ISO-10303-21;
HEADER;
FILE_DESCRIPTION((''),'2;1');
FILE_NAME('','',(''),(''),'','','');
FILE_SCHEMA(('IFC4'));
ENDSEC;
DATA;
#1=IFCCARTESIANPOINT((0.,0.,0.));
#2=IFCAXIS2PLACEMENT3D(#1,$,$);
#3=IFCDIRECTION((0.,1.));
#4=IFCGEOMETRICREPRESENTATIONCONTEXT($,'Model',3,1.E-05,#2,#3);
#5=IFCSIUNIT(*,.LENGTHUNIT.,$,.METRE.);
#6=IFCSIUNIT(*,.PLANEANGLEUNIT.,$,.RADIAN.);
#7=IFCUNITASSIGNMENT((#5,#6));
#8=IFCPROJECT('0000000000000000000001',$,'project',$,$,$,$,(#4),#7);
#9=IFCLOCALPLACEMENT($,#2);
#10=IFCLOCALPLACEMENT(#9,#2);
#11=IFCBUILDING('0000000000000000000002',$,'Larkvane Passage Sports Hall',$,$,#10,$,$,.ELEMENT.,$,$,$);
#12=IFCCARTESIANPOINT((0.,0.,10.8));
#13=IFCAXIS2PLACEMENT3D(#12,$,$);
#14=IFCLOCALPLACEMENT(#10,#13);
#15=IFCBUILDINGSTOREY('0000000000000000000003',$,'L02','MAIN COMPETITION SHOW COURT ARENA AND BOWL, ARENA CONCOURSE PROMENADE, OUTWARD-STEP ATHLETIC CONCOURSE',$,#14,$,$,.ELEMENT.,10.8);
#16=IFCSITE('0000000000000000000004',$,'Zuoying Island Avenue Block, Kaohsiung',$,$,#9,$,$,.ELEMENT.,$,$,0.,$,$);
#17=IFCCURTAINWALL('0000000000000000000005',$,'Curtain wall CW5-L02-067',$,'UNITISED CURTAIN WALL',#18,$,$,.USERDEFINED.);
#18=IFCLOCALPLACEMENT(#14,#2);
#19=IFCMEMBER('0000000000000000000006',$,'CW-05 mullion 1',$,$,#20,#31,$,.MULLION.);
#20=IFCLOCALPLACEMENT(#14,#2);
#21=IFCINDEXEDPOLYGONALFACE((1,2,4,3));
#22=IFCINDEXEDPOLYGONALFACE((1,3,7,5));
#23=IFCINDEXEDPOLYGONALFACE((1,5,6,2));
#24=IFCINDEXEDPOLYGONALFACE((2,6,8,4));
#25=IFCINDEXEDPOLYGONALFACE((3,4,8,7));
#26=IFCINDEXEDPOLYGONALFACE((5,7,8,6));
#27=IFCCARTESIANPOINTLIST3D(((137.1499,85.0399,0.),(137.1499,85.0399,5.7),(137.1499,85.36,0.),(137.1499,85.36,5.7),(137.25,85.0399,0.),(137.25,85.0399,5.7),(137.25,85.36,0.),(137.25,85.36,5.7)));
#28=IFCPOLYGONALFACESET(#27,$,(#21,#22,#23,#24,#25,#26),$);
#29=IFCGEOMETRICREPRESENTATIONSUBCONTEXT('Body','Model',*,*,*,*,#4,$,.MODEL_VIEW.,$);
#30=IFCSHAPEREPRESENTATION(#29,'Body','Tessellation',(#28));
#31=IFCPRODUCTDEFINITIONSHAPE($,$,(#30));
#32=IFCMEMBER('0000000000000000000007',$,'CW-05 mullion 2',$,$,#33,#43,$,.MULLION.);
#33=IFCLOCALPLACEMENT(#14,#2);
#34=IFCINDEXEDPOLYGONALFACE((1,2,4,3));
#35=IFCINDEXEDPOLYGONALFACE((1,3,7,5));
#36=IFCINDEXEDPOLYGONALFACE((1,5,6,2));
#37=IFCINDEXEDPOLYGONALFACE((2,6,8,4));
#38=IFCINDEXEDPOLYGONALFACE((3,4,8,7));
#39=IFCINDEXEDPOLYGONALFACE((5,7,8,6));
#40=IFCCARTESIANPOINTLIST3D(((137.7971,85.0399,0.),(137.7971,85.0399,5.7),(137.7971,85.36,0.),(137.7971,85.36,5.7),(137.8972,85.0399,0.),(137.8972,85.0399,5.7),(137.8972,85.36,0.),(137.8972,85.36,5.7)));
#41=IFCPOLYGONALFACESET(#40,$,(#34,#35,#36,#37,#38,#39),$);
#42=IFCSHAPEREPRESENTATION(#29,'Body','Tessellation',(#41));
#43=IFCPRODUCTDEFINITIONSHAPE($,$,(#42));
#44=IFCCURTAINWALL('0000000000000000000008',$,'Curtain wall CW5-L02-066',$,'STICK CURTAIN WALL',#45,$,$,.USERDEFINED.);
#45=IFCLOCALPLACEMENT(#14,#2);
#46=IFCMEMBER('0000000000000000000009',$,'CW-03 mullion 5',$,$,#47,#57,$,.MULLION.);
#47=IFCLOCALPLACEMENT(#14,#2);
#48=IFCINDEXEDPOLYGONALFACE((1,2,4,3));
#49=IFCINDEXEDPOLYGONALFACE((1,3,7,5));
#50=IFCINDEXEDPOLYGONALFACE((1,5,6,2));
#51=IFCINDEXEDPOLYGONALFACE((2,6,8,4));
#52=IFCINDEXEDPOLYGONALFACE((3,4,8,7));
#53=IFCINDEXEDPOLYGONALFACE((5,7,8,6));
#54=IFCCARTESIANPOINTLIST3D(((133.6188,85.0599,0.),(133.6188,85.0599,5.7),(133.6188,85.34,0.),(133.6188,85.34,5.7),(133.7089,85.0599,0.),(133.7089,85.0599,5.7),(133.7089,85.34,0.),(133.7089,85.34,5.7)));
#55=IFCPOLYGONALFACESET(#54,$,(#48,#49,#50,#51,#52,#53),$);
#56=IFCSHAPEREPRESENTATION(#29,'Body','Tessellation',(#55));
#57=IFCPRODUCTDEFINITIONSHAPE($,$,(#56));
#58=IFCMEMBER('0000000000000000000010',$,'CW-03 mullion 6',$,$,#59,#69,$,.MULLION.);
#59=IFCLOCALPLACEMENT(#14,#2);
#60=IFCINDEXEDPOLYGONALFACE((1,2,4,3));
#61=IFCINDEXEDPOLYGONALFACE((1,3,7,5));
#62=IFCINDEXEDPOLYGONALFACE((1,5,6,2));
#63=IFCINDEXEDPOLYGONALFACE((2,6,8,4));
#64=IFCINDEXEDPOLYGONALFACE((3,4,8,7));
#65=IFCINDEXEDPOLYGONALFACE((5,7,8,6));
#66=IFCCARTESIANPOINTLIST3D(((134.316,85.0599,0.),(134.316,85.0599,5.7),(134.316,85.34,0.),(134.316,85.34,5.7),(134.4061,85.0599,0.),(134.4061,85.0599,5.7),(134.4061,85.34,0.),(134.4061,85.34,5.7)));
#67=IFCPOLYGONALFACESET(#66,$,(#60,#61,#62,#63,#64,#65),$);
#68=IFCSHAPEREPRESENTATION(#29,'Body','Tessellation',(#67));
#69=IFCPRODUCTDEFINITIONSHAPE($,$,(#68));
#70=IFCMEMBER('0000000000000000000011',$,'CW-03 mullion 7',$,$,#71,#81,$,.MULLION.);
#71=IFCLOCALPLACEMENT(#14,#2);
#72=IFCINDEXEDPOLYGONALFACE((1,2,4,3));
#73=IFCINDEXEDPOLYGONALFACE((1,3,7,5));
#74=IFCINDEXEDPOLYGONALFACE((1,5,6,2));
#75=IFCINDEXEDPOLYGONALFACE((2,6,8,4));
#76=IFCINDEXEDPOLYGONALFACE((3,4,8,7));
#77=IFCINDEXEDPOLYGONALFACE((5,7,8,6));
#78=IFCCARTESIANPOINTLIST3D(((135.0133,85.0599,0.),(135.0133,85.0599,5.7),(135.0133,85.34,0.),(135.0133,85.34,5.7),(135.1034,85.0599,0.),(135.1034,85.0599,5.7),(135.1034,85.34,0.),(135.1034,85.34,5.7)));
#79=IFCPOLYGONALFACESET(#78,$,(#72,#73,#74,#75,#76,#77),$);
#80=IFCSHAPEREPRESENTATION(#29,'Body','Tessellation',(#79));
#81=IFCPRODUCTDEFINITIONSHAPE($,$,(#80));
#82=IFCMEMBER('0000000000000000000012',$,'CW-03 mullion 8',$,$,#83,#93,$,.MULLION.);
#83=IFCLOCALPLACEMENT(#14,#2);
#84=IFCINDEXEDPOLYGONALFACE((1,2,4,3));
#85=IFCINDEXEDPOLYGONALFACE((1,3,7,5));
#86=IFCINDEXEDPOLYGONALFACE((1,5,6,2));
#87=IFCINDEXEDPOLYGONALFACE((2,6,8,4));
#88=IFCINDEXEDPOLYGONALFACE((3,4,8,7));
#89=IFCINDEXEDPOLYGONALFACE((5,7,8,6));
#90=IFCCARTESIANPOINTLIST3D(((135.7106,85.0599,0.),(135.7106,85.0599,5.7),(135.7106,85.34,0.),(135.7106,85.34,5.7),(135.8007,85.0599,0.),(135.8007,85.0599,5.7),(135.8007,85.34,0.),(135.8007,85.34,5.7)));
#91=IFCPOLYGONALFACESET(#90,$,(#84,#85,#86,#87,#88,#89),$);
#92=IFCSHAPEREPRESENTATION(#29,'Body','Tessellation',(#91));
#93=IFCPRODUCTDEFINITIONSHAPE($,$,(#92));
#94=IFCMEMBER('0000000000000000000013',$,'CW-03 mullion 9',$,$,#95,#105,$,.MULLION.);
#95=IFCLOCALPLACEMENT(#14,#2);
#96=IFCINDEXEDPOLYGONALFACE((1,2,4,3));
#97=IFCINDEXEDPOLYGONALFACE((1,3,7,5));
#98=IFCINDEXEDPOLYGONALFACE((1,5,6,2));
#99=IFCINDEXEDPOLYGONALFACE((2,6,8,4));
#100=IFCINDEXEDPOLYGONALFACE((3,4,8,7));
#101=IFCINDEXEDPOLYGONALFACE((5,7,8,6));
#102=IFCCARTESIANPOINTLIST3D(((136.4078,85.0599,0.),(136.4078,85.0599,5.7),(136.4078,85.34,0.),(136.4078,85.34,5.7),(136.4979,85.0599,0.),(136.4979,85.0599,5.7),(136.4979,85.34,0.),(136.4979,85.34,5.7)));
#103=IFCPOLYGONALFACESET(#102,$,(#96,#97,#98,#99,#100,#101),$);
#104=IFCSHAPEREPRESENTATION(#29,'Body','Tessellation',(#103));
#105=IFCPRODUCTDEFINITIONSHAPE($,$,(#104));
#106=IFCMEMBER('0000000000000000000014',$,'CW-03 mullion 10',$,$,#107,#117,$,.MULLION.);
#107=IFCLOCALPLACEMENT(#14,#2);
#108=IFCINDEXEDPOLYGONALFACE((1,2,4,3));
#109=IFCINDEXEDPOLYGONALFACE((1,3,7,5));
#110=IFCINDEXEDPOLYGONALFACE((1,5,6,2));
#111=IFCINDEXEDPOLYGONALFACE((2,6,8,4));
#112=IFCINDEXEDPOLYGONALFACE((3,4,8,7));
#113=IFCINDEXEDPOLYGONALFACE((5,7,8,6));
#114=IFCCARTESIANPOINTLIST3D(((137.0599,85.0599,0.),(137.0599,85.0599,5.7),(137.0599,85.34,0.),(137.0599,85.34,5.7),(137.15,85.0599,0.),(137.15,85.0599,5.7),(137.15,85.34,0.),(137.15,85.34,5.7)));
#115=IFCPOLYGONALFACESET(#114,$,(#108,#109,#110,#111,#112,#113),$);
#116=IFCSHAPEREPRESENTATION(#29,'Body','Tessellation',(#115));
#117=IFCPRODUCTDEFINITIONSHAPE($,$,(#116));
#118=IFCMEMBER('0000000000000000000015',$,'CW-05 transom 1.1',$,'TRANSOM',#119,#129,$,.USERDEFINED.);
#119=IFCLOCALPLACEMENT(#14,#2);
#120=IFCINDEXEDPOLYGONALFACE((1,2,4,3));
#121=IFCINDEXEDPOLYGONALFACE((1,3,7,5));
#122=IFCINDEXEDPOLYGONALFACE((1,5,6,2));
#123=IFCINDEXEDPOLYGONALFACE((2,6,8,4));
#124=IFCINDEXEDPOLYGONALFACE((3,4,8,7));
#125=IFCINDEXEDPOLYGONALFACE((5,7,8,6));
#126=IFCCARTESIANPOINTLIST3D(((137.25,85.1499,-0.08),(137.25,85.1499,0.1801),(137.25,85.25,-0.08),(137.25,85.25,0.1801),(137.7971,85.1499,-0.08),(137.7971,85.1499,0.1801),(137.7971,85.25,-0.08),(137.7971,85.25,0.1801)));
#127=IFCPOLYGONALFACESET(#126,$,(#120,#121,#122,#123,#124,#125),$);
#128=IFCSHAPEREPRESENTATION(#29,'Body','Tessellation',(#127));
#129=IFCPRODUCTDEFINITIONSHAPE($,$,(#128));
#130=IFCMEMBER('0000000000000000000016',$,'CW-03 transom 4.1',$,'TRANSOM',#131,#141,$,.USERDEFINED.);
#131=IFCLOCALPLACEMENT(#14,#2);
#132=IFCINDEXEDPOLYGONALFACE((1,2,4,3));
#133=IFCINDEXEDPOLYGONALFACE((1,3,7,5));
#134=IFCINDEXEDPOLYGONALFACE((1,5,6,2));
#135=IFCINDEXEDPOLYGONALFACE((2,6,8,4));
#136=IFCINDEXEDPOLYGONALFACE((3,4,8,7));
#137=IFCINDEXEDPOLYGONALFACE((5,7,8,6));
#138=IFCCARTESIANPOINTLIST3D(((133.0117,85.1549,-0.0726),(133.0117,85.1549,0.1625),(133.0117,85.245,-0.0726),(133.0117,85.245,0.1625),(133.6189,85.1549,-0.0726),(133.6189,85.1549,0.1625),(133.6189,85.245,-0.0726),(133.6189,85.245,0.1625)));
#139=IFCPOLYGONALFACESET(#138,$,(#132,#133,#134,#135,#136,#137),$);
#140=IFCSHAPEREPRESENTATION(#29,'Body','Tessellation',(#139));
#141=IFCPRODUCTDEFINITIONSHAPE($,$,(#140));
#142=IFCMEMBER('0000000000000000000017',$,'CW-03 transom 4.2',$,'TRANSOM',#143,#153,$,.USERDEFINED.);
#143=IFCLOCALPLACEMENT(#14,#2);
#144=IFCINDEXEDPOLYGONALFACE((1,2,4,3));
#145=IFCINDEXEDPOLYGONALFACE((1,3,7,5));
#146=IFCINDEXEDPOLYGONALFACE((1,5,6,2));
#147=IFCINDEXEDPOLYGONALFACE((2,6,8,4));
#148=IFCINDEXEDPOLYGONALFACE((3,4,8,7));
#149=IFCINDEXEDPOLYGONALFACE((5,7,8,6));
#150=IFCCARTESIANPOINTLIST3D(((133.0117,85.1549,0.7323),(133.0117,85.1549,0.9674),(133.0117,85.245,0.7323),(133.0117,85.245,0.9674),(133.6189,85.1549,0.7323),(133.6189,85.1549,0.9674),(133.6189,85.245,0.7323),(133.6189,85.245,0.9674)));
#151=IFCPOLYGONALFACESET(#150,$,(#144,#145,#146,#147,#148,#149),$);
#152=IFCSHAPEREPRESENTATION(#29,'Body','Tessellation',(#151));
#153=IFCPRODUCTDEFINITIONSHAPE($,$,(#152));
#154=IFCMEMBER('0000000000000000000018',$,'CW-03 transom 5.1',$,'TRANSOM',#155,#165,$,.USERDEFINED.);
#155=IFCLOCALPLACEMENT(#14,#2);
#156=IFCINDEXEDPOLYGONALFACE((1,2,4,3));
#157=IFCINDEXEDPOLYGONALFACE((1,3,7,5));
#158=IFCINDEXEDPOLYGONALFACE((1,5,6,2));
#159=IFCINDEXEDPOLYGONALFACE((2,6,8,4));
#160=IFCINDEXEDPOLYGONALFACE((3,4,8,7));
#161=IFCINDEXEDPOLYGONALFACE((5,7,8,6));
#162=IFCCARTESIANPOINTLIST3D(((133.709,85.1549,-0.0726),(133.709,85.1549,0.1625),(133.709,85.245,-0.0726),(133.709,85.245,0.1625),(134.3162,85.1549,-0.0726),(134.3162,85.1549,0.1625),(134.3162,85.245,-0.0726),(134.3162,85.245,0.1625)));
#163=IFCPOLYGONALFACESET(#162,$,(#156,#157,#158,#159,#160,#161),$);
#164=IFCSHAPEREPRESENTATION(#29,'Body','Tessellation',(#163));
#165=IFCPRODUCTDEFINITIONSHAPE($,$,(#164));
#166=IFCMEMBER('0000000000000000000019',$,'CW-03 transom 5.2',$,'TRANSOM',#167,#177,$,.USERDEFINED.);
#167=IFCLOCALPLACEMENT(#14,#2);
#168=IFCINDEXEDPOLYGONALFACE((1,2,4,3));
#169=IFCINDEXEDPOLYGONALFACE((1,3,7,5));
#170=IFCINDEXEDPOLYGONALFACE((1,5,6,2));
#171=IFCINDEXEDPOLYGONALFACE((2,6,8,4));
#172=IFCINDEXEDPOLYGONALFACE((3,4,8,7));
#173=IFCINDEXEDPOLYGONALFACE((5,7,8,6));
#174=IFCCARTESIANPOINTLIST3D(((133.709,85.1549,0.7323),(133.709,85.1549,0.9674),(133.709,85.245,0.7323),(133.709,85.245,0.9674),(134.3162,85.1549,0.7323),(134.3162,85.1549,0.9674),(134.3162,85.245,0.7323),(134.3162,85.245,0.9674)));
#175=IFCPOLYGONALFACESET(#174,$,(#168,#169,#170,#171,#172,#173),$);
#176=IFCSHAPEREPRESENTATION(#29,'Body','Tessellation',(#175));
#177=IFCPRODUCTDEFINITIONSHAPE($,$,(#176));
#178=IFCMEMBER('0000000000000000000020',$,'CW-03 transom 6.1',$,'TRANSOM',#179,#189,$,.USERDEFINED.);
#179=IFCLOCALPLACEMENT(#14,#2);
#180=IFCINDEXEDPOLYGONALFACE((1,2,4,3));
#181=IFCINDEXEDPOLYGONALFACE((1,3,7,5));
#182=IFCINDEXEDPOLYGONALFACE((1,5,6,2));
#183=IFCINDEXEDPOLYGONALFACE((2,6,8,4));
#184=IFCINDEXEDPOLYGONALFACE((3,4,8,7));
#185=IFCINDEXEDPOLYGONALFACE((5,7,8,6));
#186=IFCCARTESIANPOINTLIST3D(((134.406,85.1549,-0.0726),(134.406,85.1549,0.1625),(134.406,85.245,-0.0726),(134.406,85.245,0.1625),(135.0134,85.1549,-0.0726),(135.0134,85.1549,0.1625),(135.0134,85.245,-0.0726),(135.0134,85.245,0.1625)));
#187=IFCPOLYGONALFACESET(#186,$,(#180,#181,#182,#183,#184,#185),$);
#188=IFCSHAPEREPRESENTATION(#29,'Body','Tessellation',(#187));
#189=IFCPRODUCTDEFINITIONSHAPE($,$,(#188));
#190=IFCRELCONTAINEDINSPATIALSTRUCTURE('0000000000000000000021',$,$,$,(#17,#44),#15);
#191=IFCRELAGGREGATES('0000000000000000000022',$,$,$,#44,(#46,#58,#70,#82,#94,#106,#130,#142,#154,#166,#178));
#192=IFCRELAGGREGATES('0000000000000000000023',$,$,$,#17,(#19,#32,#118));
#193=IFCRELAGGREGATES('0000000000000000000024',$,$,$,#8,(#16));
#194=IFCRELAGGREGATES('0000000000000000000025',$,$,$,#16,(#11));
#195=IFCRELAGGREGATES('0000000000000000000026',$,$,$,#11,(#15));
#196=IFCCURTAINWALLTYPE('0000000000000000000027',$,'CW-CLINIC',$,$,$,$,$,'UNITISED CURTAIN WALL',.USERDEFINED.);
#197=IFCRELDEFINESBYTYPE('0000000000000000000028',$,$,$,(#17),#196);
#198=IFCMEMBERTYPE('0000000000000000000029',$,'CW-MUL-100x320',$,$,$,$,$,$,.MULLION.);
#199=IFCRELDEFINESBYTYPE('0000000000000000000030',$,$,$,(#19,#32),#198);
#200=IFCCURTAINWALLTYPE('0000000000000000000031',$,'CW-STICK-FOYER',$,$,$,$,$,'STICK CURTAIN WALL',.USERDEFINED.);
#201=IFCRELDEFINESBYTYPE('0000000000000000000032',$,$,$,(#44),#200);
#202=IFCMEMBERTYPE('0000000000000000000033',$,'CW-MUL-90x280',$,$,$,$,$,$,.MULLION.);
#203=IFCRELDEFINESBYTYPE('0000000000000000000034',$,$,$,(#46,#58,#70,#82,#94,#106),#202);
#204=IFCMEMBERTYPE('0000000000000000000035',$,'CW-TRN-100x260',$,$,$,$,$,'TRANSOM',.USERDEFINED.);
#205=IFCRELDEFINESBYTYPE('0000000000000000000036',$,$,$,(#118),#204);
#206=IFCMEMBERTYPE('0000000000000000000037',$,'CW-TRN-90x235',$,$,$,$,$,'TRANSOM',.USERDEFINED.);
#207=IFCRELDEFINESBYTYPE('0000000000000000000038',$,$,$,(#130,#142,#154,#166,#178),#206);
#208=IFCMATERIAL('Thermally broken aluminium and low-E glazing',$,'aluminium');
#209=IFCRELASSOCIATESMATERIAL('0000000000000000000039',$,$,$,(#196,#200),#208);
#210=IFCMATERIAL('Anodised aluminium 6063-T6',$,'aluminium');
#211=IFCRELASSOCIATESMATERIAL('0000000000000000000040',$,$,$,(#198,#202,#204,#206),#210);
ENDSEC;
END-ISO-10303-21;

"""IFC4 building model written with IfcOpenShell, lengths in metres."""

from ifc_helpers import new_model, si_unit, direction, frame, origin, origin_2d, place, context, subcontext, project, spatial, rectangle, extrude, material, material_profile, profile_set, type_object, element, aggregate, save


model = new_model("IFC4")

# Units and contexts
model_context = context("Model", 3, precision=1e-05, world=origin(), true_north=direction((0.0, 1.0)))
body_context = subcontext(model_context, "Body", "Model", "MODEL_VIEW")
ifc_project = project(units=[si_unit("LENGTHUNIT", "METRE"), si_unit("PLANEANGLEUNIT", "RADIAN")], contexts=[model_context])

# Site, building, storey
site_placement = place(None, origin())
site = spatial("IfcSite", under=ifc_project, at=site_placement, Name="Zuoying Island Avenue Block, Kaohsiung", CompositionType="ELEMENT", RefElevation=0.0)
building_placement = place(site_placement, origin())
building = spatial("IfcBuilding", under=site, at=building_placement, Name="Larkvane Passage Sports Hall", CompositionType="ELEMENT")
storey_placement = place(building_placement, frame((0.0, 0.0, 10.8)))
storey = spatial("IfcBuildingStorey", under=building, at=storey_placement, Name="L02", Description="MAIN COMPETITION SHOW COURT ARENA AND BOWL, ARENA CONCOURSE PROMENADE, OUTWARD-STEP ATHLETIC CONCOURSE", CompositionType="ELEMENT", Elevation=10.8)

# Curtain walls, members
ifc_material_1 = material(Name="Thermally broken aluminium and low-E glazing", Category="aluminium")
curtain_wall_type_1 = type_object("IfcCurtainWallType", Name="CW-CLINIC", ElementType="UNITISED CURTAIN WALL", PredefinedType="USERDEFINED", material=ifc_material_1)
curtain_wall_1_placement = place(storey_placement, origin())
curtain_wall_1 = element("IfcCurtainWall", 1, at=curtain_wall_1_placement, inside=storey, type_object=curtain_wall_type_1, Name="Curtain wall CW5-L02-067", ObjectType="UNITISED CURTAIN WALL", PredefinedType="USERDEFINED")
ifc_material_2 = material(Name="Anodised aluminium 6063-T6", Category="aluminium")
ifc_material_profile_1 = material_profile(ifc_material_2, rectangle(XDim=0.1001, YDim=0.3201, at=origin_2d()), Name="ALU-MUL-100x320")
ifc_profile_set_1 = profile_set([ifc_material_profile_1], Name="Anodised aluminium 6063-T6")
member_type_1 = type_object("IfcMemberType", Name="CW-MUL-100x320", PredefinedType="MULLION", material=ifc_profile_set_1)
member_1_placement = place(storey_placement, frame((137.2, 85.2, 0.0), z_axis=(0.0, 0.0, 1.0), x_axis=(1.0, 0.0, 0.0)))
member_1 = element("IfcMember", 2, at=member_1_placement, type_object=member_type_1, Name="CW-05 mullion 1", PredefinedType="MULLION", context=body_context, shape_type="SweptSolid", body=[
    extrude(rectangle(XDim=0.1001, YDim=0.3201, at=origin_2d()), origin(), (0.0, 0.0, 1.0), 5.7),
])
member_2_placement = place(storey_placement, frame((137.8472, 85.2, 0.0), z_axis=(0.0, 0.0, 1.0), x_axis=(1.0, 0.0, 0.0)))
member_2 = element("IfcMember", 3, at=member_2_placement, type_object=member_type_1, Name="CW-05 mullion 2", PredefinedType="MULLION", context=body_context, shape_type="SweptSolid", body=[
    extrude(rectangle(XDim=0.1001, YDim=0.3201, at=origin_2d()), origin(), (0.0, 0.0, 1.0), 5.7),
])
curtain_wall_type_2 = type_object("IfcCurtainWallType", Name="CW-STICK-FOYER", ElementType="STICK CURTAIN WALL", PredefinedType="USERDEFINED", material=ifc_material_1)
curtain_wall_2_placement = place(storey_placement, origin())
curtain_wall_2 = element("IfcCurtainWall", 4, at=curtain_wall_2_placement, inside=storey, type_object=curtain_wall_type_2, Name="Curtain wall CW5-L02-066", ObjectType="STICK CURTAIN WALL", PredefinedType="USERDEFINED")
ifc_material_profile_2 = material_profile(ifc_material_2, rectangle(XDim=0.0901, YDim=0.28, at=origin_2d()), Name="ALU-MUL-90x280")
ifc_profile_set_2 = profile_set([ifc_material_profile_2], Name="Anodised aluminium 6063-T6")
member_type_2 = type_object("IfcMemberType", Name="CW-MUL-90x280", PredefinedType="MULLION", material=ifc_profile_set_2)
member_3_placement = place(storey_placement, frame((133.6638, 85.2, 0.0), z_axis=(0.0, 0.0, 1.0), x_axis=(1.0, 0.0, 0.0)))
member_3 = element("IfcMember", 5, at=member_3_placement, type_object=member_type_2, Name="CW-03 mullion 5", PredefinedType="MULLION", context=body_context, shape_type="SweptSolid", body=[
    extrude(rectangle(XDim=0.0901, YDim=0.28, at=origin_2d()), origin(), (0.0, 0.0, 1.0), 5.7),
])
member_4_placement = place(storey_placement, frame((134.3611, 85.2, 0.0), z_axis=(0.0, 0.0, 1.0), x_axis=(1.0, 0.0, 0.0)))
member_4 = element("IfcMember", 6, at=member_4_placement, type_object=member_type_2, Name="CW-03 mullion 6", PredefinedType="MULLION", context=body_context, shape_type="SweptSolid", body=[
    extrude(rectangle(XDim=0.0901, YDim=0.28, at=origin_2d()), origin(), (0.0, 0.0, 1.0), 5.7),
])
member_5_placement = place(storey_placement, frame((135.0583, 85.2, 0.0), z_axis=(0.0, 0.0, 1.0), x_axis=(1.0, 0.0, 0.0)))
member_5 = element("IfcMember", 7, at=member_5_placement, type_object=member_type_2, Name="CW-03 mullion 7", PredefinedType="MULLION", context=body_context, shape_type="SweptSolid", body=[
    extrude(rectangle(XDim=0.0901, YDim=0.28, at=origin_2d()), origin(), (0.0, 0.0, 1.0), 5.7),
])
member_6_placement = place(storey_placement, frame((135.7556, 85.2, 0.0), z_axis=(0.0, 0.0, 1.0), x_axis=(1.0, 0.0, 0.0)))
member_6 = element("IfcMember", 8, at=member_6_placement, type_object=member_type_2, Name="CW-03 mullion 8", PredefinedType="MULLION", context=body_context, shape_type="SweptSolid", body=[
    extrude(rectangle(XDim=0.0901, YDim=0.28, at=origin_2d()), origin(), (0.0, 0.0, 1.0), 5.7),
])
member_7_placement = place(storey_placement, frame((136.4529, 85.2, 0.0), z_axis=(0.0, 0.0, 1.0), x_axis=(1.0, 0.0, 0.0)))
member_7 = element("IfcMember", 9, at=member_7_placement, type_object=member_type_2, Name="CW-03 mullion 9", PredefinedType="MULLION", context=body_context, shape_type="SweptSolid", body=[
    extrude(rectangle(XDim=0.0901, YDim=0.28, at=origin_2d()), origin(), (0.0, 0.0, 1.0), 5.7),
])
member_8_placement = place(storey_placement, frame((137.105, 85.2, 0.0), z_axis=(0.0, 0.0, 1.0), x_axis=(1.0, 0.0, 0.0)))
member_8 = element("IfcMember", 10, at=member_8_placement, type_object=member_type_2, Name="CW-03 mullion 10", PredefinedType="MULLION", context=body_context, shape_type="SweptSolid", body=[
    extrude(rectangle(XDim=0.0901, YDim=0.28, at=origin_2d()), origin(), (0.0, 0.0, 1.0), 5.7),
])

# Members
ifc_material_profile_3 = material_profile(ifc_material_2, rectangle(XDim=0.1001, YDim=0.26, at=origin_2d()), Name="ALU-TRN-100x260")
ifc_profile_set_3 = profile_set([ifc_material_profile_3], Name="Anodised aluminium 6063-T6")
member_type_3 = type_object("IfcMemberType", Name="CW-TRN-100x260", ElementType="TRANSOM", PredefinedType="USERDEFINED", material=ifc_profile_set_3)
member_9_placement = place(storey_placement, frame((137.25, 85.2, 0.05), z_axis=(1.0, 0.0, 0.0), x_axis=(0.0, 1.0, 0.0)))
member_9 = element("IfcMember", 11, at=member_9_placement, type_object=member_type_3, Name="CW-05 transom 1.1", ObjectType="TRANSOM", PredefinedType="USERDEFINED", context=body_context, shape_type="SweptSolid", body=[
    extrude(rectangle(XDim=0.1001, YDim=0.26, at=origin_2d()), origin(), (0.0, 0.0, 1.0), 0.5471),
])
ifc_material_profile_4 = material_profile(ifc_material_2, rectangle(XDim=0.0901, YDim=0.2351, at=origin_2d()), Name="ALU-TRN-90x235")
ifc_profile_set_4 = profile_set([ifc_material_profile_4], Name="Anodised aluminium 6063-T6")
member_type_4 = type_object("IfcMemberType", Name="CW-TRN-90x235", ElementType="TRANSOM", PredefinedType="USERDEFINED", material=ifc_profile_set_4)
member_10_placement = place(storey_placement, frame((133.0117, 85.2, 0.0449), z_axis=(1.0, 0.0, 0.0), x_axis=(0.0, 1.0, 0.0)))
member_10 = element("IfcMember", 12, at=member_10_placement, type_object=member_type_4, Name="CW-03 transom 4.1", ObjectType="TRANSOM", PredefinedType="USERDEFINED", context=body_context, shape_type="SweptSolid", body=[
    extrude(rectangle(XDim=0.0901, YDim=0.2351, at=origin_2d()), origin(), (0.0, 0.0, 1.0), 0.6072),
])
member_11_placement = place(storey_placement, frame((133.0117, 85.2, 0.8499), z_axis=(1.0, 0.0, 0.0), x_axis=(0.0, 1.0, 0.0)))
member_11 = element("IfcMember", 13, at=member_11_placement, type_object=member_type_4, Name="CW-03 transom 4.2", ObjectType="TRANSOM", PredefinedType="USERDEFINED", context=body_context, shape_type="SweptSolid", body=[
    extrude(rectangle(XDim=0.0901, YDim=0.2351, at=origin_2d()), origin(), (0.0, 0.0, 1.0), 0.6072),
])
member_12_placement = place(storey_placement, frame((133.709, 85.2, 0.0449), z_axis=(1.0, 0.0, 0.0), x_axis=(0.0, 1.0, 0.0)))
member_12 = element("IfcMember", 14, at=member_12_placement, type_object=member_type_4, Name="CW-03 transom 5.1", ObjectType="TRANSOM", PredefinedType="USERDEFINED", context=body_context, shape_type="SweptSolid", body=[
    extrude(rectangle(XDim=0.0901, YDim=0.2351, at=origin_2d()), origin(), (0.0, 0.0, 1.0), 0.6072),
])
member_13_placement = place(storey_placement, frame((133.709, 85.2, 0.8499), z_axis=(1.0, 0.0, 0.0), x_axis=(0.0, 1.0, 0.0)))
member_13 = element("IfcMember", 15, at=member_13_placement, type_object=member_type_4, Name="CW-03 transom 5.2", ObjectType="TRANSOM", PredefinedType="USERDEFINED", context=body_context, shape_type="SweptSolid", body=[
    extrude(rectangle(XDim=0.0901, YDim=0.2351, at=origin_2d()), origin(), (0.0, 0.0, 1.0), 0.6072),
])
member_14_placement = place(storey_placement, frame((134.406, 85.2, 0.0449), z_axis=(1.0, 0.0, 0.0), x_axis=(0.0, 1.0, 0.0)))
member_14 = element("IfcMember", 16, at=member_14_placement, type_object=member_type_4, Name="CW-03 transom 6.1", ObjectType="TRANSOM", PredefinedType="USERDEFINED", context=body_context, shape_type="SweptSolid", body=[
    extrude(rectangle(XDim=0.0901, YDim=0.2351, at=origin_2d()), origin(), (0.0, 0.0, 1.0), 0.6074),
])

aggregate(curtain_wall_2, [member_3, member_4, member_5, member_6, member_7, member_8, member_10, member_11, member_12, member_13, member_14])
aggregate(curtain_wall_1, [member_1, member_2, member_9])

save(model, "model.ifc")
